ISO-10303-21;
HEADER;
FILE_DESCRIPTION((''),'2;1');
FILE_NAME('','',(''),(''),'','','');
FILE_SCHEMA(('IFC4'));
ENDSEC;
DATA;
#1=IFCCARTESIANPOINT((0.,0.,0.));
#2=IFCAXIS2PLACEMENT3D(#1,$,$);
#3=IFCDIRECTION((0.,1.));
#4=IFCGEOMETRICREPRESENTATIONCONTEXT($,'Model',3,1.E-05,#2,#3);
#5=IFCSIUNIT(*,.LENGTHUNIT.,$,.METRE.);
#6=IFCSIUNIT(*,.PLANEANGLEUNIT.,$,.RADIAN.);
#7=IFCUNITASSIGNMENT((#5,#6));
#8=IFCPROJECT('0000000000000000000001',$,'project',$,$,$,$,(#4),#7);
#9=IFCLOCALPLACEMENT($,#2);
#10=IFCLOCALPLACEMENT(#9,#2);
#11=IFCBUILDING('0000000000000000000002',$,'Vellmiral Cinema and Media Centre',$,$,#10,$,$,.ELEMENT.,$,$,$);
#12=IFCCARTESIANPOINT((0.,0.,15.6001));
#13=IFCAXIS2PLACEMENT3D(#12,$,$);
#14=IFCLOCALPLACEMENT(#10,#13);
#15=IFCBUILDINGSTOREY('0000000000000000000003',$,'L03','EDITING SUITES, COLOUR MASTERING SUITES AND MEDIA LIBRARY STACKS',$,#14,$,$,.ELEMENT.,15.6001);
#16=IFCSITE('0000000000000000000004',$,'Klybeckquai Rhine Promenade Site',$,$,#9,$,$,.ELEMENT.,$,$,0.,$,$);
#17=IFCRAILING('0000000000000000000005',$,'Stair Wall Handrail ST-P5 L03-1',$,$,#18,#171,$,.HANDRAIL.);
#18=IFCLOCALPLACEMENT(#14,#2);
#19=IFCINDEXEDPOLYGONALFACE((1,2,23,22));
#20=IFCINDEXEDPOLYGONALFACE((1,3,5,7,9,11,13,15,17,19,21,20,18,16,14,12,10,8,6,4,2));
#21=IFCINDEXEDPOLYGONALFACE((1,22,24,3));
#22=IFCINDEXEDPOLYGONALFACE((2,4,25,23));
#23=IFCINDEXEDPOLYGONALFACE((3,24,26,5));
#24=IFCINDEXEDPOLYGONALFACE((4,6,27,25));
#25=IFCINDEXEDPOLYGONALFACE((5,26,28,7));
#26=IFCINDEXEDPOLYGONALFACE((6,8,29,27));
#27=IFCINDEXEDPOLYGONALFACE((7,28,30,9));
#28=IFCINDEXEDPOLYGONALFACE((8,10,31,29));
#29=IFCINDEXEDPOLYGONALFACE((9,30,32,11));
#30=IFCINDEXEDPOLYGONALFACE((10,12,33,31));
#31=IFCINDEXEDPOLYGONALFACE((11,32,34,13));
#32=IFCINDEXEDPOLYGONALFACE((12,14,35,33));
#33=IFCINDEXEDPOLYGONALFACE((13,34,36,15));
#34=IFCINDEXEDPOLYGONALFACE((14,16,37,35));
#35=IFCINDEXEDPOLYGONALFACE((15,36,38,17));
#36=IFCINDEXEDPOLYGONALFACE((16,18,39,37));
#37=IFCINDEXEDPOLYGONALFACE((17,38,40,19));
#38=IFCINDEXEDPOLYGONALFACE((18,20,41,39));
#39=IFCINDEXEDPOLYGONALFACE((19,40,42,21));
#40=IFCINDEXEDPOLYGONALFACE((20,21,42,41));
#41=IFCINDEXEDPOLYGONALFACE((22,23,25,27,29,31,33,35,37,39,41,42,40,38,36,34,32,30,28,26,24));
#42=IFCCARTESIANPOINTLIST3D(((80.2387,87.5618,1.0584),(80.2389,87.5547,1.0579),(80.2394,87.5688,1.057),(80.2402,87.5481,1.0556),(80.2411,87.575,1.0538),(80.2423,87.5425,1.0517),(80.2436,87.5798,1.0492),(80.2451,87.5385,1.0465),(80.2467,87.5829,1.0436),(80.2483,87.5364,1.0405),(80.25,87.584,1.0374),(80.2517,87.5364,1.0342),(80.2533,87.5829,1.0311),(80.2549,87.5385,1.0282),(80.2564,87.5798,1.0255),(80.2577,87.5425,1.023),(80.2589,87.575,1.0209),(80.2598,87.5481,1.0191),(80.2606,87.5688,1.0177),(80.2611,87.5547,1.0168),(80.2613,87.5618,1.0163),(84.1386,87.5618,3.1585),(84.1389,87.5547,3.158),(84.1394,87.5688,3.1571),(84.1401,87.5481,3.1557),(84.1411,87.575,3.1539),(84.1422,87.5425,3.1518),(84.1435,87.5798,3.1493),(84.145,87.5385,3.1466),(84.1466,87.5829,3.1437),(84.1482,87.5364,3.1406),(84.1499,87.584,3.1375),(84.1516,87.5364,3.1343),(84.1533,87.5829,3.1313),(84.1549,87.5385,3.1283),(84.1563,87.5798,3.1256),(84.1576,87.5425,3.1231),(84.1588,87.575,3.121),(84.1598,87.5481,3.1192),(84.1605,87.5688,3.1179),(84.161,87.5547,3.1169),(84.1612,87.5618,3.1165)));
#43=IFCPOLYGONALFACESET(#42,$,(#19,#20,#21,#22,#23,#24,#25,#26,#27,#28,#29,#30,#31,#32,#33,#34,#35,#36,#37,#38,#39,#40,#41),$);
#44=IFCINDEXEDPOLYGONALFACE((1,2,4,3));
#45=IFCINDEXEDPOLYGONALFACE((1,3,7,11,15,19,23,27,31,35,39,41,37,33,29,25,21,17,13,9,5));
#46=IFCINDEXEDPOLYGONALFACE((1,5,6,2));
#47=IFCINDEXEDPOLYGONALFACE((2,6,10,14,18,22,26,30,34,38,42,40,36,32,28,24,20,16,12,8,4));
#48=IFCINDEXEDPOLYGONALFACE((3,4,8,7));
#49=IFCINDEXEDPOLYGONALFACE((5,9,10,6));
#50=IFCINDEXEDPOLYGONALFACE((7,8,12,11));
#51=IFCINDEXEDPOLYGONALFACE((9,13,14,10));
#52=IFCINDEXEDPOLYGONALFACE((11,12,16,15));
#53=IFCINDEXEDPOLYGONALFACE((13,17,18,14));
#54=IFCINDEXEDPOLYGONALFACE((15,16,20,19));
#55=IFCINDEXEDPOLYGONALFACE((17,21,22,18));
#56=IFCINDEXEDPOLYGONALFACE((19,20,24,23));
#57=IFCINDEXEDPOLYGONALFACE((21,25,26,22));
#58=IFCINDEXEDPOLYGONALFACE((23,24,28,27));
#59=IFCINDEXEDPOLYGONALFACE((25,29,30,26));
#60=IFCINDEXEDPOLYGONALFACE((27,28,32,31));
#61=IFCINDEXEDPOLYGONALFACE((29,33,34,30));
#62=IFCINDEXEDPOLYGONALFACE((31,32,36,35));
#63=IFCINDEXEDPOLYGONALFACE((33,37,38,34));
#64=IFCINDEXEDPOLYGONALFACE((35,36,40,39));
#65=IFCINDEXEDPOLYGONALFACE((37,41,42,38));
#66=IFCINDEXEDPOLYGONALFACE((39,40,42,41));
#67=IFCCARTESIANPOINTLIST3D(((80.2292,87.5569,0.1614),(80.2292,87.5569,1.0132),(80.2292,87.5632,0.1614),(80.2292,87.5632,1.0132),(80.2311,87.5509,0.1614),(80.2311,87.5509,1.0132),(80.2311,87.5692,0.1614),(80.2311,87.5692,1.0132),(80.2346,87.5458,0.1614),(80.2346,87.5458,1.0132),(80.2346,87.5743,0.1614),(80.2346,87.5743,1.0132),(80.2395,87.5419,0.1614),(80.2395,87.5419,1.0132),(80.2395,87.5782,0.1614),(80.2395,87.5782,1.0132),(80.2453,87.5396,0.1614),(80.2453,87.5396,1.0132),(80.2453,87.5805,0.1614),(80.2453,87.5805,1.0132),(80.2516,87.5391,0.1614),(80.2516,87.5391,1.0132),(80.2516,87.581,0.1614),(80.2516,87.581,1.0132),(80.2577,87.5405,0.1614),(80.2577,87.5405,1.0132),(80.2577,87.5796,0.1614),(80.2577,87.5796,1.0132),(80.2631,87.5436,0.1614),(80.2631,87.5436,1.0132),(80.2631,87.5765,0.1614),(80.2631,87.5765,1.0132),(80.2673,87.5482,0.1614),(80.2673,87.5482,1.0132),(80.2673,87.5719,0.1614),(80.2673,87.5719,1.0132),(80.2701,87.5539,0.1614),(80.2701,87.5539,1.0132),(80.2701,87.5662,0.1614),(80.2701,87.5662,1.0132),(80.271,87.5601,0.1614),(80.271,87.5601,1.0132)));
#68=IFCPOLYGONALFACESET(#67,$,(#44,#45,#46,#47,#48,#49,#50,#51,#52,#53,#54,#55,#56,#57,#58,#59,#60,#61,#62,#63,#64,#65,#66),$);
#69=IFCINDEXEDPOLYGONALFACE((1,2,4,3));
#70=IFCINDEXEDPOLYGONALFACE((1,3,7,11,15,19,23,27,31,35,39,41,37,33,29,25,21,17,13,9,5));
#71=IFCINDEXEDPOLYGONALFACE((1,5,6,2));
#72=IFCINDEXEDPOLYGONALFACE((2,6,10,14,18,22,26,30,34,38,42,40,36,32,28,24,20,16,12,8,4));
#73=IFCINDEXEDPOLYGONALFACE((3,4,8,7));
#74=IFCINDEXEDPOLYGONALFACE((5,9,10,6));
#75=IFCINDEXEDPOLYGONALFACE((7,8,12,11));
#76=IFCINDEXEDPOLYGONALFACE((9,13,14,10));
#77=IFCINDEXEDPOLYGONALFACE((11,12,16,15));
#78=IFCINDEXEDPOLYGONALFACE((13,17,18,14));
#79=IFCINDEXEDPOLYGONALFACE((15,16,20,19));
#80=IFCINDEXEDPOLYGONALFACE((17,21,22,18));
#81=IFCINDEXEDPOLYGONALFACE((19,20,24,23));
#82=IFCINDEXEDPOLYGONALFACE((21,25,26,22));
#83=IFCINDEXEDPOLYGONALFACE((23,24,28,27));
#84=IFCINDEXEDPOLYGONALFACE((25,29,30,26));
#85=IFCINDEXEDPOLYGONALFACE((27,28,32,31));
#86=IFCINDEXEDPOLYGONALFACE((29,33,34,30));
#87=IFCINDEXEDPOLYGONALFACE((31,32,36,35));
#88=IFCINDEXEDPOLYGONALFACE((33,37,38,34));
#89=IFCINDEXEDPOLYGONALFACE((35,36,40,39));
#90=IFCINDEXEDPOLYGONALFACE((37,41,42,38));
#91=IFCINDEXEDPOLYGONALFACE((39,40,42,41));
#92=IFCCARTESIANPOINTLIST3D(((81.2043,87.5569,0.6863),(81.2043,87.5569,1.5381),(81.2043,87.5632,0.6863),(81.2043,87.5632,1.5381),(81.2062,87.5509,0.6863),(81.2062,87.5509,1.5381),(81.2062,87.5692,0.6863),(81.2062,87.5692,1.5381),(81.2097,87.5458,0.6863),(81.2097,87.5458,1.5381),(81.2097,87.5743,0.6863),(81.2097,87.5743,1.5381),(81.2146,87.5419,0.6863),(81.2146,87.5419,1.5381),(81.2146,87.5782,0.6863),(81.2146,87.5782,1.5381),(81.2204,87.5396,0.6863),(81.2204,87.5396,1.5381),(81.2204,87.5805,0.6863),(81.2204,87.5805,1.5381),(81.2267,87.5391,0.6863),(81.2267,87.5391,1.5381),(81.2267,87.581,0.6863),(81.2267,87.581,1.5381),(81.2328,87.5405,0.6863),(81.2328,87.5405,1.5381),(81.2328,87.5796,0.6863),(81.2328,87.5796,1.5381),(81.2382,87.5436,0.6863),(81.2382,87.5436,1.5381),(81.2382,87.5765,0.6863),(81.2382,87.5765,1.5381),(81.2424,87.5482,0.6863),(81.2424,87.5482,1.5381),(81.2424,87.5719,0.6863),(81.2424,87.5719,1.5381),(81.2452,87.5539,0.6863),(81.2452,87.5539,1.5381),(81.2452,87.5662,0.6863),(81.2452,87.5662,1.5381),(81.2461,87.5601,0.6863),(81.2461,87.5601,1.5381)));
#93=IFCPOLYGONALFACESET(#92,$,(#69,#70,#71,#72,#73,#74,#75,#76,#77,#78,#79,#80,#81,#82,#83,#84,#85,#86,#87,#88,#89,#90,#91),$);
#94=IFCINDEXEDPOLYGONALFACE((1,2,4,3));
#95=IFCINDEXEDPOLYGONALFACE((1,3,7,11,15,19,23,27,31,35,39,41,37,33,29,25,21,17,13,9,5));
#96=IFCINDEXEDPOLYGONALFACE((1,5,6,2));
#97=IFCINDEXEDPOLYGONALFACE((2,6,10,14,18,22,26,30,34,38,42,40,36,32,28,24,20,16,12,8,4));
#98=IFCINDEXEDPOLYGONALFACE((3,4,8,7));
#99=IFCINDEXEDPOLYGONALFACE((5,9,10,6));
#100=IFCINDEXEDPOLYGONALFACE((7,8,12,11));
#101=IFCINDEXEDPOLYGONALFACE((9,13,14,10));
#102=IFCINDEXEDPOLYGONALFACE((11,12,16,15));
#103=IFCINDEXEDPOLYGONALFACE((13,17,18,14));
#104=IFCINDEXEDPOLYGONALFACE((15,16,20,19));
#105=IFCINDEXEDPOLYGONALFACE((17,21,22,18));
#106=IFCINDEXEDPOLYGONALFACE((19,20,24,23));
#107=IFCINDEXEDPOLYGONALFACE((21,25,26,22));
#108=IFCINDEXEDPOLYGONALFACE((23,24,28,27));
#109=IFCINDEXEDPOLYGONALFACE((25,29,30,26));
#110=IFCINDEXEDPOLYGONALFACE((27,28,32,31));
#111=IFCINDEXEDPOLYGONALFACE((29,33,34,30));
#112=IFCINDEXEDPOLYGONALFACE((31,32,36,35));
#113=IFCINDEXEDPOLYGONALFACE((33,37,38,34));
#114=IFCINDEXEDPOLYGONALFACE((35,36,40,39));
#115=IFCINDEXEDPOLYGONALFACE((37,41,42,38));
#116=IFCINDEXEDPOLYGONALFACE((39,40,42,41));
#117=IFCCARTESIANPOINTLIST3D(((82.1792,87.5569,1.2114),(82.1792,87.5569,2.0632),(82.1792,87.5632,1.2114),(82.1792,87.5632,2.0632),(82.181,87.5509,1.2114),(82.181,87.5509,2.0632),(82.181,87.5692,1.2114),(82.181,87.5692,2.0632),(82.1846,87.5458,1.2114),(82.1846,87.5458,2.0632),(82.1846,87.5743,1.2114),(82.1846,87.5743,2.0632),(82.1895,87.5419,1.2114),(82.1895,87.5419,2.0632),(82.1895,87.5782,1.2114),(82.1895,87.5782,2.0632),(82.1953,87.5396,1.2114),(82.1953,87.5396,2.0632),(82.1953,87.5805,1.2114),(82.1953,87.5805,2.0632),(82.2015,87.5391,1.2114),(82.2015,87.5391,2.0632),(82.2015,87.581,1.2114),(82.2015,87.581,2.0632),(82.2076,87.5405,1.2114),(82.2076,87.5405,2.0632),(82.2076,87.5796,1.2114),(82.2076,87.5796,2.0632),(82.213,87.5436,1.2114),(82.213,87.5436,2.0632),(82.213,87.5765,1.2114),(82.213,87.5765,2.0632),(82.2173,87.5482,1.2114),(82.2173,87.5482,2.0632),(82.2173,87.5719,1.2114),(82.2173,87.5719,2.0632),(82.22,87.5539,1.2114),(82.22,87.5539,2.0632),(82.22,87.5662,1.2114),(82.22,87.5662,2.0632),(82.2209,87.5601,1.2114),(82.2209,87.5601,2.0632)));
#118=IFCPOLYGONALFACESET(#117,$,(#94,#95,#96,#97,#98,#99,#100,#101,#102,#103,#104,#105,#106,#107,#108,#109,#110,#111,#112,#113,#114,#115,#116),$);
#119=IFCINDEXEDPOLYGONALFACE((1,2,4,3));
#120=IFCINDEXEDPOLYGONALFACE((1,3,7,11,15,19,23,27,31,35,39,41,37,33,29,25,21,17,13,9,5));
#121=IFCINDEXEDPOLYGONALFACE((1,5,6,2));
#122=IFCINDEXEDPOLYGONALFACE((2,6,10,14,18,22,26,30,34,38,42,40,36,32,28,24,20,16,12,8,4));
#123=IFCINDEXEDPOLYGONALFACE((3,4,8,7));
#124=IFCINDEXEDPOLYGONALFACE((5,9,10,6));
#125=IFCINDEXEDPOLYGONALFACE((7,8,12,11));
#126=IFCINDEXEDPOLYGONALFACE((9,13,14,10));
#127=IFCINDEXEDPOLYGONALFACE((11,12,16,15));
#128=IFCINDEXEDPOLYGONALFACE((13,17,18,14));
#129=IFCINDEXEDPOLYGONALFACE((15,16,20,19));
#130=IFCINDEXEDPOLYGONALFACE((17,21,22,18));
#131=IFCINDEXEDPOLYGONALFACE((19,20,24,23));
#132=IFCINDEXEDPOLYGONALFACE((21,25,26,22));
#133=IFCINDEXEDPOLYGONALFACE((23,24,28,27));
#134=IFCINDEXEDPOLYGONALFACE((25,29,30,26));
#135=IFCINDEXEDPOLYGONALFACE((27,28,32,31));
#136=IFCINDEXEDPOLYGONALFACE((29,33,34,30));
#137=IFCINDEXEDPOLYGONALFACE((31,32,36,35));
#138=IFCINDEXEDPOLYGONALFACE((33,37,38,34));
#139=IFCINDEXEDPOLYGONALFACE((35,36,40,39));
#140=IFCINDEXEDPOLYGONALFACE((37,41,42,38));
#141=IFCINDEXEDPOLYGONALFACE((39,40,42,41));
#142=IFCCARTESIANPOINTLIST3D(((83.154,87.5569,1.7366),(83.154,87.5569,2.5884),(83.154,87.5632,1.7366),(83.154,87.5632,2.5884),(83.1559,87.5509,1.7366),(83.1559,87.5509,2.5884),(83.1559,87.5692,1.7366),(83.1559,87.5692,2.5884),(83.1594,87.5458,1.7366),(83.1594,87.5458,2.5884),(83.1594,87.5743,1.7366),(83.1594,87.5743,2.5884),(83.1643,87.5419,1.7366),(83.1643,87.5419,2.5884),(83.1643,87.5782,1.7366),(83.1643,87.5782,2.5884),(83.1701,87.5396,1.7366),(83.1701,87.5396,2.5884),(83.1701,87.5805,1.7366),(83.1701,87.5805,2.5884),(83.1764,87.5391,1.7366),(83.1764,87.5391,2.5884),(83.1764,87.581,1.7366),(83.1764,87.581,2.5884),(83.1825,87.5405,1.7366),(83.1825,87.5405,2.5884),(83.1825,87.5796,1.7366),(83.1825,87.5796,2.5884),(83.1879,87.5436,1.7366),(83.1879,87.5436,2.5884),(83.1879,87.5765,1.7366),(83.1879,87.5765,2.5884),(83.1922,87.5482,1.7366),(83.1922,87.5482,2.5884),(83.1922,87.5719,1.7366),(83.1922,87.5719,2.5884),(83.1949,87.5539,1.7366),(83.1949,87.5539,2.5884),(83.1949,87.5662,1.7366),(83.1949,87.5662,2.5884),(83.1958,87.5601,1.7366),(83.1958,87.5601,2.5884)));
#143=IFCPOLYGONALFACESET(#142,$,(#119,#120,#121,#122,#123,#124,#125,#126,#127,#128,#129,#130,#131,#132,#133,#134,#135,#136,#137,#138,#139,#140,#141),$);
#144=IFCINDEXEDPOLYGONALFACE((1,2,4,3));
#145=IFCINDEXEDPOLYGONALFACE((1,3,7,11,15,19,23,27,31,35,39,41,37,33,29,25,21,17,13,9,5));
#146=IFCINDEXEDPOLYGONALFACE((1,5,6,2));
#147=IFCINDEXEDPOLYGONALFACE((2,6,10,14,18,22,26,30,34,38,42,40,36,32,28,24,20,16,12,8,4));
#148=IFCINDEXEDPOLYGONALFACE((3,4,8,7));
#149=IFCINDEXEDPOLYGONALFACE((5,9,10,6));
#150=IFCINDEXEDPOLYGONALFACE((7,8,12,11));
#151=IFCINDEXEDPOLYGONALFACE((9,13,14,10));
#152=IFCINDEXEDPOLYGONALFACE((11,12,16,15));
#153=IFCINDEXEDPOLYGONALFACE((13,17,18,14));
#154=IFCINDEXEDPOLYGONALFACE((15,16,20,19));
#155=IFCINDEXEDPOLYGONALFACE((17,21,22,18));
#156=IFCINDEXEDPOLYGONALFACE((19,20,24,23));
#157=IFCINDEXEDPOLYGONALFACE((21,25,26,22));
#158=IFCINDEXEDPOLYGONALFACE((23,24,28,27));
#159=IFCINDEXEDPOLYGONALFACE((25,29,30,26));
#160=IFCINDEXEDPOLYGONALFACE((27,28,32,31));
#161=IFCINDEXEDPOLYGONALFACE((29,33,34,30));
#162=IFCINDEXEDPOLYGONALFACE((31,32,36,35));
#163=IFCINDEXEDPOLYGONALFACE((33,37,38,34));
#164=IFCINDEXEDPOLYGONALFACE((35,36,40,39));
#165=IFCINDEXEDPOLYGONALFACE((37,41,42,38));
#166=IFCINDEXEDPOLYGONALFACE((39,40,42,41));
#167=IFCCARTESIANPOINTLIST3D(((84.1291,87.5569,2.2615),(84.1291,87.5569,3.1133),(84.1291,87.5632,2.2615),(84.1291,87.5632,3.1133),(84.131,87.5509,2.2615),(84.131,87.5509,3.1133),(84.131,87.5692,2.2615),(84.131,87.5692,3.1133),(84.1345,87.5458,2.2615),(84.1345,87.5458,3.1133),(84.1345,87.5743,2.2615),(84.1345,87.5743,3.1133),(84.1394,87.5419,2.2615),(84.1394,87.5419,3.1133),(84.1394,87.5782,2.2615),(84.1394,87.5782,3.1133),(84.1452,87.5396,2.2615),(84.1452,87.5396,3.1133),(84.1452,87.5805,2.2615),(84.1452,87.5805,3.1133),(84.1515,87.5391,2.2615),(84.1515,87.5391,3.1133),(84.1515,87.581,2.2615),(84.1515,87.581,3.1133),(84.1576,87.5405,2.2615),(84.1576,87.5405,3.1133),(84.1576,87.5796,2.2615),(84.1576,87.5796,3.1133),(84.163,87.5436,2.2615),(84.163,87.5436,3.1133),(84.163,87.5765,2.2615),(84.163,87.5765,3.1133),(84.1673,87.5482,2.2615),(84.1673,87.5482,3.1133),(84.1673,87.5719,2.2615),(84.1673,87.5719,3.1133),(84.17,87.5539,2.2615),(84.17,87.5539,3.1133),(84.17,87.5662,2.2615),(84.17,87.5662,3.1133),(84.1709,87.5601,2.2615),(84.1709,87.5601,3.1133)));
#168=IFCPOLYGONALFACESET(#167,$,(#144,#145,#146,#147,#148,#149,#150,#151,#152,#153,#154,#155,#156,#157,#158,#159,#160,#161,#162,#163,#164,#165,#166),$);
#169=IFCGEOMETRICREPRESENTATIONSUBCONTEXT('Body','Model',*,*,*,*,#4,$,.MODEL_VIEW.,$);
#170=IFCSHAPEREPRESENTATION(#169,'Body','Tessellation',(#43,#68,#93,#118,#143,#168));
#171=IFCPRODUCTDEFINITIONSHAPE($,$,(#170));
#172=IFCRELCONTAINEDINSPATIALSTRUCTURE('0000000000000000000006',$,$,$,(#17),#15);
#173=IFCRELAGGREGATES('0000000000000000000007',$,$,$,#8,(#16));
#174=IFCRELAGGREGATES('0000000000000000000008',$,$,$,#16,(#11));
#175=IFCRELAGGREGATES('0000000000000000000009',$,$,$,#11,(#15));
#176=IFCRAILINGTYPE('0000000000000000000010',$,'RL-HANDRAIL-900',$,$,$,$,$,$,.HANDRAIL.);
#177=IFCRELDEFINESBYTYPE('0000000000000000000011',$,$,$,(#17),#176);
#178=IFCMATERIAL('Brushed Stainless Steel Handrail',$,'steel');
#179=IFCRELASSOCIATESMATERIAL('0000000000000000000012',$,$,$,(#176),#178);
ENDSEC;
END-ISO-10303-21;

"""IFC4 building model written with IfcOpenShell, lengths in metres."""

from ifc_helpers import new_model, si_unit, direction, frame, origin, origin_2d, place, context, subcontext, project, spatial, circle, extrude, material, type_object, element, save


model = new_model("IFC4")

# Units and contexts
model_context = context("Model", 3, precision=1e-05, world=origin(), true_north=direction((0.0, 1.0)))
body_context = subcontext(model_context, "Body", "Model", "MODEL_VIEW")
ifc_project = project(units=[si_unit("LENGTHUNIT", "METRE"), si_unit("PLANEANGLEUNIT", "RADIAN")], contexts=[model_context])

# Site, building, storey
site_placement = place(None, origin())
site = spatial("IfcSite", under=ifc_project, at=site_placement, Name="Klybeckquai Rhine Promenade Site", CompositionType="ELEMENT", RefElevation=0.0)
building_placement = place(site_placement, origin())
building = spatial("IfcBuilding", under=site, at=building_placement, Name="Vellmiral Cinema and Media Centre", CompositionType="ELEMENT")
storey_placement = place(building_placement, frame((0.0, 0.0, 15.6001)))
storey = spatial("IfcBuildingStorey", under=building, at=storey_placement, Name="L03", Description="EDITING SUITES, COLOUR MASTERING SUITES AND MEDIA LIBRARY STACKS", CompositionType="ELEMENT", Elevation=15.6001)

# Railing
ifc_material_1 = material(Name="Brushed Stainless Steel Handrail", Category="steel")
railing_type_1 = type_object("IfcRailingType", Name="RL-HANDRAIL-900", PredefinedType="HANDRAIL", material=ifc_material_1)
railing_1_placement = place(storey_placement, frame((80.25, 87.5601, 0.1614)))
element("IfcRailing", 1, at=railing_1_placement, inside=storey, type_object=railing_type_1, Name="Stair Wall Handrail ST-P5 L03-1", PredefinedType="HANDRAIL", context=body_context, shape_type="SweptSolid", body=[
    extrude(circle(Radius=0.0239, at=origin_2d()), frame((0.0, 0.0, 0.876), z_axis=(0.880457, 0.0, 0.474126), x_axis=(0.0, 1.0, 0.0)), (0.0, 0.0, 1.0), 4.4294),
    extrude(circle(Radius=0.021, at=origin_2d()), origin(), (0.0, 0.0, 1.0), 0.8518),
    extrude(circle(Radius=0.021, at=origin_2d()), frame((0.9751, 0.0, 0.5249)), (0.0, 0.0, 1.0), 0.8518),
    extrude(circle(Radius=0.021, at=origin_2d()), frame((1.95, 0.0, 1.05)), (0.0, 0.0, 1.0), 0.8518),
    extrude(circle(Radius=0.021, at=origin_2d()), frame((2.9248, 0.0, 1.5752)), (0.0, 0.0, 1.0), 0.8518),
    extrude(circle(Radius=0.021, at=origin_2d()), frame((3.8999, 0.0, 2.1001)), (0.0, 0.0, 1.0), 0.8518),
])

save(model, "model.ifc")
